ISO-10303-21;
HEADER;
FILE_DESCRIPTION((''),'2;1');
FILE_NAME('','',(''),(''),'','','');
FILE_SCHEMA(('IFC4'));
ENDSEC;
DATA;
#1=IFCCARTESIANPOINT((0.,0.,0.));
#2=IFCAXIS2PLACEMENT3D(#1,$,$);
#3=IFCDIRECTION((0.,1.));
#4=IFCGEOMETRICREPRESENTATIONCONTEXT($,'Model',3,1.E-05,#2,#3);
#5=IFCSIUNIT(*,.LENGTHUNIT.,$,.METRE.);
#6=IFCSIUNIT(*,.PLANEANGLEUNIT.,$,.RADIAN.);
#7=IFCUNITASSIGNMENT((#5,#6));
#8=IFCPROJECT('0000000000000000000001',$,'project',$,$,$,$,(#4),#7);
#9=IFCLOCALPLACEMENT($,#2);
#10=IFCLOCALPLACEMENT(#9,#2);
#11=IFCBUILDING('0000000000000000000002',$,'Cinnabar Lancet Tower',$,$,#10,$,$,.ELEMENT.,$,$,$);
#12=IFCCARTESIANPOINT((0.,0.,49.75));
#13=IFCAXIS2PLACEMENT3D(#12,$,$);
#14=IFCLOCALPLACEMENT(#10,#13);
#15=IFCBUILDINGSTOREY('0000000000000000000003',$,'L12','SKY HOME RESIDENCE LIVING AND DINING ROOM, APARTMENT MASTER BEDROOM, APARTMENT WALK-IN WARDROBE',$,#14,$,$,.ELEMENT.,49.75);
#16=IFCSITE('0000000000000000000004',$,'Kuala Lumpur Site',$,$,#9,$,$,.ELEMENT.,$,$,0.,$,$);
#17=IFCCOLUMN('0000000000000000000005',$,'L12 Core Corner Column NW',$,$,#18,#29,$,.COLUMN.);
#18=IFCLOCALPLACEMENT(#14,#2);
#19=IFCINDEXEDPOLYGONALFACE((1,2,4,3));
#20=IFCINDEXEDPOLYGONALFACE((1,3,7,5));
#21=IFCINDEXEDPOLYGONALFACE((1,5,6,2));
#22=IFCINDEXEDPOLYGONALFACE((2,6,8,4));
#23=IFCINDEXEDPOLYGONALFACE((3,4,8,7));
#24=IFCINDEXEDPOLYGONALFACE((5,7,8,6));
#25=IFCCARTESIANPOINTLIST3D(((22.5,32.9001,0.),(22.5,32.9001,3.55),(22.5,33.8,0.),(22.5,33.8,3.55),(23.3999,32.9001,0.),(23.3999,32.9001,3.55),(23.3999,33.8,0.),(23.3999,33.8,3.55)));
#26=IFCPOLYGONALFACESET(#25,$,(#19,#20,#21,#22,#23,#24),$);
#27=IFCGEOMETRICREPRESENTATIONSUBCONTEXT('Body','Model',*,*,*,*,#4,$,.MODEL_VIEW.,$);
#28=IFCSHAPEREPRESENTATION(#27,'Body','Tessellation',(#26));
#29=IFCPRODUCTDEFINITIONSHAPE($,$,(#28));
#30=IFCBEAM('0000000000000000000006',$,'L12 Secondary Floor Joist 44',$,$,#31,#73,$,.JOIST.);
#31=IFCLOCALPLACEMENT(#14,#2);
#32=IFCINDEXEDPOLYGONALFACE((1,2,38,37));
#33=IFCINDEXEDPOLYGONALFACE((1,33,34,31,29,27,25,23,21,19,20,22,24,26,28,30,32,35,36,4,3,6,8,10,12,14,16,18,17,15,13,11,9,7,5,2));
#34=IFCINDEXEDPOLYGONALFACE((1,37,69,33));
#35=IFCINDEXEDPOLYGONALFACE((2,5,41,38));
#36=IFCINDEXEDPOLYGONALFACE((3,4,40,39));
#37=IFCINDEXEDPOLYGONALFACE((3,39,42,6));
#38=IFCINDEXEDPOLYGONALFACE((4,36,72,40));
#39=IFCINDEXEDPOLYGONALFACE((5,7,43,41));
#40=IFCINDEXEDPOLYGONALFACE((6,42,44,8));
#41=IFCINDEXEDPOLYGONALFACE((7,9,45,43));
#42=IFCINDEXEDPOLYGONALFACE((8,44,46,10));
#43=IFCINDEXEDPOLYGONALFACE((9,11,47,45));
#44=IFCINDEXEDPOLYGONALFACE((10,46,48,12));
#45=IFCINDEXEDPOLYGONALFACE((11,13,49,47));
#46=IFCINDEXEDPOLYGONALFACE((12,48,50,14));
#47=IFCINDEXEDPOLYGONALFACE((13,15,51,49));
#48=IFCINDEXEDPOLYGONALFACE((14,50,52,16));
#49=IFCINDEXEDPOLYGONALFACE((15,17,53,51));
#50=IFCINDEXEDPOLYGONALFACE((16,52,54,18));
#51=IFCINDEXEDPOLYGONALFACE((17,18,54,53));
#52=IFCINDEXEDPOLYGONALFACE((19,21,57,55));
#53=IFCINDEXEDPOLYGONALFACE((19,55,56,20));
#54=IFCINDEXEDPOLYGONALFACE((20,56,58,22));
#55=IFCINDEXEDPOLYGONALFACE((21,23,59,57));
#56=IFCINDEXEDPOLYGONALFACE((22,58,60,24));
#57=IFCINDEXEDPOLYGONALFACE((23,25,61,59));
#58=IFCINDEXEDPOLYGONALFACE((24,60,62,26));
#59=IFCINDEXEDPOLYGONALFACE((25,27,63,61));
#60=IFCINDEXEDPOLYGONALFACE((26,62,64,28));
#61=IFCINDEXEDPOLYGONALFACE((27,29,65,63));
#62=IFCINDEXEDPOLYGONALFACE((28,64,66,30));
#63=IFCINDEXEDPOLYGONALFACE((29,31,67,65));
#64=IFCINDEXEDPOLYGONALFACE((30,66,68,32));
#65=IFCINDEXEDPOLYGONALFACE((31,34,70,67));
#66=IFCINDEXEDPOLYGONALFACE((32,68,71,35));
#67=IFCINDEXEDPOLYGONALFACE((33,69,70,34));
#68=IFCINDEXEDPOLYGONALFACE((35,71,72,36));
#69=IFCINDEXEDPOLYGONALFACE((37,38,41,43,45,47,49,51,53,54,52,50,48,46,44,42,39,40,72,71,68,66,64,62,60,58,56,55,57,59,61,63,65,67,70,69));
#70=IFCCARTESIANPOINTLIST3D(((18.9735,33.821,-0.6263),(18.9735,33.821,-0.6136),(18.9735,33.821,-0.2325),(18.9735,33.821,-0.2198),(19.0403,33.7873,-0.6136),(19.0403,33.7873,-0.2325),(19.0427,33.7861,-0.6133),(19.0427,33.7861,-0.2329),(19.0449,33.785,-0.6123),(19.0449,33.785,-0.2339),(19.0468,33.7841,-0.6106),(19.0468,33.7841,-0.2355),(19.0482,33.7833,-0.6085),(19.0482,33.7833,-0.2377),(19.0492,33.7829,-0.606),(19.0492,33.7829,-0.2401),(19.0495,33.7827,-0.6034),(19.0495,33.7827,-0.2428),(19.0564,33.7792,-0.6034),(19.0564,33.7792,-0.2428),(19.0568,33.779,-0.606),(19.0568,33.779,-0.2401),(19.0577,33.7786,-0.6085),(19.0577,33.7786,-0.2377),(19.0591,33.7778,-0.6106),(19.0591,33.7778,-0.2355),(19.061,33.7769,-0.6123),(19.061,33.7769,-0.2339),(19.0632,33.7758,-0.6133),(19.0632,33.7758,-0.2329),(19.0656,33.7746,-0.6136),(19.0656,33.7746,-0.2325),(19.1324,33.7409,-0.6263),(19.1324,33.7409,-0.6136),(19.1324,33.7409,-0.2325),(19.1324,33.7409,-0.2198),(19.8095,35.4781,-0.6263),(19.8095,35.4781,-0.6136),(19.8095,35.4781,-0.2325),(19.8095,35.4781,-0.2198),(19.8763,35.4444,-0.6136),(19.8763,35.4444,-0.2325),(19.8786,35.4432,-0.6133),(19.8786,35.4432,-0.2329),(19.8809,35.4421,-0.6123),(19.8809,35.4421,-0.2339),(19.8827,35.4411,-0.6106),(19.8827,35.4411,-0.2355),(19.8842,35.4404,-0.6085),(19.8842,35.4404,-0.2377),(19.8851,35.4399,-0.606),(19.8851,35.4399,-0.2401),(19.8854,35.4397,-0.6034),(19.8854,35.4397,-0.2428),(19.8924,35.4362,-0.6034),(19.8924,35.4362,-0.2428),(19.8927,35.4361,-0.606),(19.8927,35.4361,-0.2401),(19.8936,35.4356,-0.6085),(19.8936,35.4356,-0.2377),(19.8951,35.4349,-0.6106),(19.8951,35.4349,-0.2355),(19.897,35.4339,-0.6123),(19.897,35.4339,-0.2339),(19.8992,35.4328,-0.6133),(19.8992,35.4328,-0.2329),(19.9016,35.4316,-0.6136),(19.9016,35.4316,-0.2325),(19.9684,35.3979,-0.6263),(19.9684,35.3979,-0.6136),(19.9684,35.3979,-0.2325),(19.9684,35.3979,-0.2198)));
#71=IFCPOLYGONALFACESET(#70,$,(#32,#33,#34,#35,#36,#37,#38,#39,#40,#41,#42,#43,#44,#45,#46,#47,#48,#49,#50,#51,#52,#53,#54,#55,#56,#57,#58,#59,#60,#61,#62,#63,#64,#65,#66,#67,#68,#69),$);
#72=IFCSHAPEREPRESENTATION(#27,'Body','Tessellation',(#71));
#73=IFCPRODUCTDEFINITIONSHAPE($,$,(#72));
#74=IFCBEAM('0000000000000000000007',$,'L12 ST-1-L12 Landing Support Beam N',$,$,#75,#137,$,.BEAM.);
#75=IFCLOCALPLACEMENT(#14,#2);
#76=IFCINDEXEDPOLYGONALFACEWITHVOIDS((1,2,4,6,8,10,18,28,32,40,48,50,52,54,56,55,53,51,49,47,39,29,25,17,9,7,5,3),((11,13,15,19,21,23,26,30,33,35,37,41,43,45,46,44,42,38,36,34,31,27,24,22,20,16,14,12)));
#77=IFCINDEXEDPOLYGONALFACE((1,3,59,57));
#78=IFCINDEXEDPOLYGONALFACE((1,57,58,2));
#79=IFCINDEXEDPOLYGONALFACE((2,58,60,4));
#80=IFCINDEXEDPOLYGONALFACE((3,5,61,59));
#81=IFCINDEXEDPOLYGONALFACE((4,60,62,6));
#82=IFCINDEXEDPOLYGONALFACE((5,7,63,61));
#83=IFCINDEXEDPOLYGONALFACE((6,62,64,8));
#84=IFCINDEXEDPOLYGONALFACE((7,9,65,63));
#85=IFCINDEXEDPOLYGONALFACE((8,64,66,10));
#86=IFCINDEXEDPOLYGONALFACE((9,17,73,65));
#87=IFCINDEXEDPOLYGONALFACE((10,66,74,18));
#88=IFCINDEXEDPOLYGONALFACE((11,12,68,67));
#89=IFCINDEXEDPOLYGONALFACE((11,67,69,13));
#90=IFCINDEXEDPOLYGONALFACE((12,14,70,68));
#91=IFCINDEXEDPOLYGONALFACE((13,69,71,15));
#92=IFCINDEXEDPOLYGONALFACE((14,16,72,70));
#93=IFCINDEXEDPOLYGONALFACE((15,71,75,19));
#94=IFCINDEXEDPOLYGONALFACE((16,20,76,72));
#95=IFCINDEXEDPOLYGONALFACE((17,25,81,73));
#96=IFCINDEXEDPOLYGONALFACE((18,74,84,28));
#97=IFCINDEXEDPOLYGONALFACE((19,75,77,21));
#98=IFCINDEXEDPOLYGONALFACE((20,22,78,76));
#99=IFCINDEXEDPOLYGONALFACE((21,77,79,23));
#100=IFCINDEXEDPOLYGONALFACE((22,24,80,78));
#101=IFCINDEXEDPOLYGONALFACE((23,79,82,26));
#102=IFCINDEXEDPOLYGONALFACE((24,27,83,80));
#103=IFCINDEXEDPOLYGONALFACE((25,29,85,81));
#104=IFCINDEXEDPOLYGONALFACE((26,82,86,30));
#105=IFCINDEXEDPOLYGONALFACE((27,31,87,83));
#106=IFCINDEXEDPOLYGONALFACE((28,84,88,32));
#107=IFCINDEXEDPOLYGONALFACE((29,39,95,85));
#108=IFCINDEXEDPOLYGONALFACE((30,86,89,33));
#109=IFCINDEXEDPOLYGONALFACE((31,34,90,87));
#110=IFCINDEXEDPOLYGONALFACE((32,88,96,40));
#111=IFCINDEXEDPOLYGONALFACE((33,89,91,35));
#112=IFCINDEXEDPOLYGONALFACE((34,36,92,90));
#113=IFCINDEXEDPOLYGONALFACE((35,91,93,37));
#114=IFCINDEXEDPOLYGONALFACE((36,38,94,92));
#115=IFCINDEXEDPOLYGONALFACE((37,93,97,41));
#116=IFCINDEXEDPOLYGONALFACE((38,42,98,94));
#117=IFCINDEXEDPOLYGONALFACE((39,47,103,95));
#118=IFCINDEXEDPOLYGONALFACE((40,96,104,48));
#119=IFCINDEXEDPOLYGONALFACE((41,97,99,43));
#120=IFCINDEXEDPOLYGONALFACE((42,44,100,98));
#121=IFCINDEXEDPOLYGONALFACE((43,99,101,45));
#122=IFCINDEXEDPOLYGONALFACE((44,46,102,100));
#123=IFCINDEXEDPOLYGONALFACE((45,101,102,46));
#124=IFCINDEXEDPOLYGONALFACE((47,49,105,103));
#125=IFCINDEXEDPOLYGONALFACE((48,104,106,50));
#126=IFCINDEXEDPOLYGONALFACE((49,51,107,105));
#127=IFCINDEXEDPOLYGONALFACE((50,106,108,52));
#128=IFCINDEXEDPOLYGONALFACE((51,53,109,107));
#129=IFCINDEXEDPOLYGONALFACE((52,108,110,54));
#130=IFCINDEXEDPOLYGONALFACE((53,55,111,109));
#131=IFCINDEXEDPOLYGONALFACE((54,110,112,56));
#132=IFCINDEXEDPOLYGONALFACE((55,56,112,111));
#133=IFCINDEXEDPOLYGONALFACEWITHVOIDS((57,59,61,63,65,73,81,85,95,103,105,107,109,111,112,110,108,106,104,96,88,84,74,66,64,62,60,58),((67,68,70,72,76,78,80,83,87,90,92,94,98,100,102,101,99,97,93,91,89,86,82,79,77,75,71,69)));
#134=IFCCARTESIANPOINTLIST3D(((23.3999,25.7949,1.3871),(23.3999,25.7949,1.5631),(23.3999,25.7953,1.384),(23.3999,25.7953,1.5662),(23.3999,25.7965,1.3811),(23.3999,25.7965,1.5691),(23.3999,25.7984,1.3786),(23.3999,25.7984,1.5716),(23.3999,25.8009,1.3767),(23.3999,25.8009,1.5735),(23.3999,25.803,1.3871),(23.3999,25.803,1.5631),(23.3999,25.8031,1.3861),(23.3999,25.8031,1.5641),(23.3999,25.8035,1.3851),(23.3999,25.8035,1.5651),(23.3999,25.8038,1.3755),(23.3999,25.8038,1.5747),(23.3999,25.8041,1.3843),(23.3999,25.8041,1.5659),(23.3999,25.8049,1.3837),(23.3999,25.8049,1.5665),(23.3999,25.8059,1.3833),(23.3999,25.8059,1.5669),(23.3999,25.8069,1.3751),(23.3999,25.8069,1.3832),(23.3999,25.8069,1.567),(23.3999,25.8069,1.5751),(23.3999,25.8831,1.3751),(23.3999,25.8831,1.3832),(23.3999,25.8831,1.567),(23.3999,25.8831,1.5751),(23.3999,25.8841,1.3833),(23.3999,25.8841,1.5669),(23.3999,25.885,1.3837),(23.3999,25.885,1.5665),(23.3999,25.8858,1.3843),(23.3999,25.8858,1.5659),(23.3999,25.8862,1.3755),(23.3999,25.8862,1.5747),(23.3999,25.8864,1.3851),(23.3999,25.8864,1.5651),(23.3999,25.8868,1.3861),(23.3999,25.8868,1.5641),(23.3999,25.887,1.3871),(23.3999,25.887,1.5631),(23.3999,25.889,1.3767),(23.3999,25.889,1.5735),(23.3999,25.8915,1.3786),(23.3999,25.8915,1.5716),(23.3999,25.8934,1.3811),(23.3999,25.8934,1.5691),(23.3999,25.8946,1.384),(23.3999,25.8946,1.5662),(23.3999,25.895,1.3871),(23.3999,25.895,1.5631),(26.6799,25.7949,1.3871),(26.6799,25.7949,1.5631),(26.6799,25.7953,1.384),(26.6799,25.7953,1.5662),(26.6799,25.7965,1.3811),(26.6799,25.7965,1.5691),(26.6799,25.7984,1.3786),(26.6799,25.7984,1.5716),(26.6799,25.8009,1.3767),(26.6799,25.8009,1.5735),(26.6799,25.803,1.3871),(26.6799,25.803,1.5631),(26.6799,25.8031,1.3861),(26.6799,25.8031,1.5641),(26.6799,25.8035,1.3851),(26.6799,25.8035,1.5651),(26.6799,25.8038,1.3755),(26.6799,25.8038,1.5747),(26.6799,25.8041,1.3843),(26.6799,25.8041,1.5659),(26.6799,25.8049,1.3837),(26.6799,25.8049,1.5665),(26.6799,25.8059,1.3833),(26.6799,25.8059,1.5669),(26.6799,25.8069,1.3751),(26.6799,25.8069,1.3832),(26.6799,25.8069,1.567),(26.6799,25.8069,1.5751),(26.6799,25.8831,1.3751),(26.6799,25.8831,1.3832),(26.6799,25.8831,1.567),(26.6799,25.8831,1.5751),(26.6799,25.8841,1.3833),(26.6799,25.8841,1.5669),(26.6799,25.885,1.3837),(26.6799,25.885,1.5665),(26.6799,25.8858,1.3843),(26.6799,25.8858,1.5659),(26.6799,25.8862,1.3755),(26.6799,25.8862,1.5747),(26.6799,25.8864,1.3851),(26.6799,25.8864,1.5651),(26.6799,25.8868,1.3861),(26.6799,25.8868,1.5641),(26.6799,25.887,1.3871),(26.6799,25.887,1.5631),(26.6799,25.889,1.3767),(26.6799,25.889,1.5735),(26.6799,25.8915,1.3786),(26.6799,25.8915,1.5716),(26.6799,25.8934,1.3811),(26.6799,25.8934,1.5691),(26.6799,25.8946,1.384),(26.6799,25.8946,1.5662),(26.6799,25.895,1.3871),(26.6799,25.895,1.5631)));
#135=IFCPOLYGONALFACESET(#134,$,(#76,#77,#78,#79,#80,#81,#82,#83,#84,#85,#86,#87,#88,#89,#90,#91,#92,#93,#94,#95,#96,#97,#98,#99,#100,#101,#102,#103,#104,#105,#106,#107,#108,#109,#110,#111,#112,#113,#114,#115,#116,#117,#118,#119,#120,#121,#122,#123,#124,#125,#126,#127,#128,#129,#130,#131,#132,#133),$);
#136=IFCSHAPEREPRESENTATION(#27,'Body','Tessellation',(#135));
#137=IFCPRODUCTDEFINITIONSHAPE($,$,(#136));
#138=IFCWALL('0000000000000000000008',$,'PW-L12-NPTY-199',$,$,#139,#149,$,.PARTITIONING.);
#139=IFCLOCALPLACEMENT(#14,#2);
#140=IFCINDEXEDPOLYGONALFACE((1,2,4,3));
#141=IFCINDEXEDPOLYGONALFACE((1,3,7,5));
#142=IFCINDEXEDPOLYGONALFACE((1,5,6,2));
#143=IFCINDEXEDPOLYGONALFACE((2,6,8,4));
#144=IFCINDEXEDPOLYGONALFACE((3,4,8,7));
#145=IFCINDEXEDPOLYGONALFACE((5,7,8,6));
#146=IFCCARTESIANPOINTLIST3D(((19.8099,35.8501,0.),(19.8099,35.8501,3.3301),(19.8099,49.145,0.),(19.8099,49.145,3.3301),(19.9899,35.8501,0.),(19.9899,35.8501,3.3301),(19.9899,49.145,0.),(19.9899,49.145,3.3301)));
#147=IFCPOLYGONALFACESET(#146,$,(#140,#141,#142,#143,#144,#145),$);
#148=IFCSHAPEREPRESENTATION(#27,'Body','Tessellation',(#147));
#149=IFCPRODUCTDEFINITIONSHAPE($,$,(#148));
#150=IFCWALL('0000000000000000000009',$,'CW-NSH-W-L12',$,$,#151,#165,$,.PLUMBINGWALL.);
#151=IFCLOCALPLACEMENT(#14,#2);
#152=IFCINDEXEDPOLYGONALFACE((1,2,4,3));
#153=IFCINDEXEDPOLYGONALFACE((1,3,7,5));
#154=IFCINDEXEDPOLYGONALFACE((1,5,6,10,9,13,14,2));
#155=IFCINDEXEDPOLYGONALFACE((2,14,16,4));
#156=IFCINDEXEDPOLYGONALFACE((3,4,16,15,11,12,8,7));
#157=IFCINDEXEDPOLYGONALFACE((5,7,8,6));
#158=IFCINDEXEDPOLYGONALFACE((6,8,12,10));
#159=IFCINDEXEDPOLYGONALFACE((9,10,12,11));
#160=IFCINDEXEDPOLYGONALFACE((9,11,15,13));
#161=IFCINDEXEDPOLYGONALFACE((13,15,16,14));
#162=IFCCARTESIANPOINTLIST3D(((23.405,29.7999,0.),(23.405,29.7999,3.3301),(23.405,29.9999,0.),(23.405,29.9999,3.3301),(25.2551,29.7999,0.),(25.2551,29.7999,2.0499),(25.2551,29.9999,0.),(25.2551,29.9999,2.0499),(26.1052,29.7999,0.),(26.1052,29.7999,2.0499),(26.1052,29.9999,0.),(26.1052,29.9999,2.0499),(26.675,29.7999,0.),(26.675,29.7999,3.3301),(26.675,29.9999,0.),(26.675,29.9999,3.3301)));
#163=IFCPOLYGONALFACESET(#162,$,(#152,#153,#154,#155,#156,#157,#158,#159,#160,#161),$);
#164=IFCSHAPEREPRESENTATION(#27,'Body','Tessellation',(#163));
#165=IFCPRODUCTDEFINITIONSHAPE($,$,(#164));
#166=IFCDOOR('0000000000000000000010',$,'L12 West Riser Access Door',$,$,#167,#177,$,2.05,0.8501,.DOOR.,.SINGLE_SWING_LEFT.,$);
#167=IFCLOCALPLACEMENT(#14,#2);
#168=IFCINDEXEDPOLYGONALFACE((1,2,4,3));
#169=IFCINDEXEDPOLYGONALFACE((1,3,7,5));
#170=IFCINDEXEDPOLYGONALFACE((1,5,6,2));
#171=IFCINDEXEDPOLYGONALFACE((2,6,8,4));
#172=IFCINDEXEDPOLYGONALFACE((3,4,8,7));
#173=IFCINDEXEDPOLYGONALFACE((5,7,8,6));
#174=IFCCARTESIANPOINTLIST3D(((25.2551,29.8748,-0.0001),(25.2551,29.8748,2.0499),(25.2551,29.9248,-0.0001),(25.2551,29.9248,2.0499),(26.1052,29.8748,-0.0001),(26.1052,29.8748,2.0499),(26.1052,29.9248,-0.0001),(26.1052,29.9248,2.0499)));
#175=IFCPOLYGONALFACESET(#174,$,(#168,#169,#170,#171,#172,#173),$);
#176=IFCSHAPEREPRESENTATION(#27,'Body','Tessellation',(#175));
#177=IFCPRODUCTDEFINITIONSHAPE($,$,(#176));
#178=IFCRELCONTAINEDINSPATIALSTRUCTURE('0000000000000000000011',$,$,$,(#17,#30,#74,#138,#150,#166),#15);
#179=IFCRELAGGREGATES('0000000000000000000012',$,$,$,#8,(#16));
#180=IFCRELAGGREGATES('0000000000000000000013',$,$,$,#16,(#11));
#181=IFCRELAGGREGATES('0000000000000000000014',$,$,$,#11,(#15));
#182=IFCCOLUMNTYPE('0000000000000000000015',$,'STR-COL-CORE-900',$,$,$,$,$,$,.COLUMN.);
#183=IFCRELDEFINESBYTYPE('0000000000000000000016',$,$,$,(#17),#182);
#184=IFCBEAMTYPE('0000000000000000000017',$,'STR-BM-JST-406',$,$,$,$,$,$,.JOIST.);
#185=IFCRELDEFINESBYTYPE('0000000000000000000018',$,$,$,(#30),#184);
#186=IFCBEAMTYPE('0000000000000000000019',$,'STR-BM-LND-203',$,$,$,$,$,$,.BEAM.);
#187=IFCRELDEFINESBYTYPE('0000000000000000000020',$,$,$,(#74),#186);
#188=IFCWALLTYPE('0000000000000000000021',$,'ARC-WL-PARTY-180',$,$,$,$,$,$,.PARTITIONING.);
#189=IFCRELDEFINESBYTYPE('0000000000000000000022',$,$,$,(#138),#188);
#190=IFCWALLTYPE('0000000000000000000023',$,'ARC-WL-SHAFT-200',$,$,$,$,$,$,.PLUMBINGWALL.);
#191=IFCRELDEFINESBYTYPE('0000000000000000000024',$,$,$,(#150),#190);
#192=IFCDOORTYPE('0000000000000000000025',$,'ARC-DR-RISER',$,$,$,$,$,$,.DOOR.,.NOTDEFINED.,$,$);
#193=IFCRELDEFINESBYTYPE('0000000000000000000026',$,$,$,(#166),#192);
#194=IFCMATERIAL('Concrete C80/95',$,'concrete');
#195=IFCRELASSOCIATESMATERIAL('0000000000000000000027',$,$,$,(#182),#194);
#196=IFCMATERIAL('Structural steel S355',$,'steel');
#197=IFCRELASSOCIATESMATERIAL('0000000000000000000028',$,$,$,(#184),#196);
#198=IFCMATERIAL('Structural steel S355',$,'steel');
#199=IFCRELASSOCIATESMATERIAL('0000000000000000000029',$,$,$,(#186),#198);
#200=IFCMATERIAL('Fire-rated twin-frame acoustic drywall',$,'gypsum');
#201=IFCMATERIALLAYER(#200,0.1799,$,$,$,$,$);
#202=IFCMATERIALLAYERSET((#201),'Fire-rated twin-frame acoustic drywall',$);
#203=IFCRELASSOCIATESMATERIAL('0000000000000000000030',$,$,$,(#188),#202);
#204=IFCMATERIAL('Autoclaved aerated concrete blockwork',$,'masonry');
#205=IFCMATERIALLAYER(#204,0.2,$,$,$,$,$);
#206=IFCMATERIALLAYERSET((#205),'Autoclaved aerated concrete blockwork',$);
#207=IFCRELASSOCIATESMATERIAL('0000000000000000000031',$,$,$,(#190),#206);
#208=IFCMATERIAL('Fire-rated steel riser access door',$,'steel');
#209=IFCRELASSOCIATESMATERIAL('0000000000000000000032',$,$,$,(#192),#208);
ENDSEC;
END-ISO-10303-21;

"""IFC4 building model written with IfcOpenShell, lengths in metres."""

from ifc_helpers import new_model, si_unit, direction, frame, frame_2d, origin, origin_2d, place, context, subcontext, project, spatial, rectangle, hollow_rectangle, i_section, extrude, material, layer, layer_set, material_profile, profile_set, type_object, element, fill, save


model = new_model("IFC4")

# Units and contexts
model_context = context("Model", 3, precision=1e-05, world=origin(), true_north=direction((0.0, 1.0)))
body_context = subcontext(model_context, "Body", "Model", "MODEL_VIEW")
ifc_project = project(units=[si_unit("LENGTHUNIT", "METRE"), si_unit("PLANEANGLEUNIT", "RADIAN")], contexts=[model_context])

# Site, building, storey
site_placement = place(None, origin())
site = spatial("IfcSite", under=ifc_project, at=site_placement, Name="Kuala Lumpur Site", CompositionType="ELEMENT", RefElevation=0.0)
building_placement = place(site_placement, origin())
building = spatial("IfcBuilding", under=site, at=building_placement, Name="Cinnabar Lancet Tower", CompositionType="ELEMENT")
storey_placement = place(building_placement, frame((0.0, 0.0, 49.75)))
storey = spatial("IfcBuildingStorey", under=building, at=storey_placement, Name="L12", Description="SKY HOME RESIDENCE LIVING AND DINING ROOM, APARTMENT MASTER BEDROOM, APARTMENT WALK-IN WARDROBE", CompositionType="ELEMENT", Elevation=49.75)

# Column
ifc_material_1 = material(Name="Concrete C80/95", Category="concrete")
ifc_material_profile_1 = material_profile(ifc_material_1, rectangle(XDim=0.8999, YDim=0.8999, at=origin_2d()), Name="RC-COL 900x900")
ifc_profile_set_1 = profile_set([ifc_material_profile_1], Name="Concrete C80/95")
column_type = type_object("IfcColumnType", Name="STR-COL-CORE-900", PredefinedType="COLUMN", material=ifc_profile_set_1)
column_placement = place(storey_placement, frame((22.95, 33.3501, 0.0), z_axis=(0.0, 0.0, 1.0), x_axis=(1.0, 0.0, 0.0)))
element("IfcColumn", 1, at=column_placement, inside=storey, type_object=column_type, Name="L12 Core Corner Column NW", PredefinedType="COLUMN", context=body_context, shape_type="SweptSolid", body=[
    extrude(rectangle(XDim=0.8999, YDim=0.8999, at=origin_2d()), origin(), (0.0, 0.0, 1.0), 3.55),
])

# Beams
ifc_material_2 = material(Name="Structural steel S355", Category="steel")
ifc_material_profile_2 = material_profile(ifc_material_2, i_section(OverallWidth=0.178, OverallDepth=0.4065, WebThickness=0.0078, FlangeThickness=0.0127, FilletRadius=0.0103, at=origin_2d()), Name="UKB 406x178x60")
ifc_profile_set_2 = profile_set([ifc_material_profile_2], Name="Structural steel S355")
beam_type_1 = type_object("IfcBeamType", Name="STR-BM-JST-406", PredefinedType="JOIST", material=ifc_profile_set_2)
beam_1_placement = place(storey_placement, frame((19.8889, 35.438, -0.4231), z_axis=(-0.45042, -0.892817, 0.0), x_axis=(0.892817, -0.45042, 0.0)))
element("IfcBeam", 2, at=beam_1_placement, inside=storey, type_object=beam_type_1, Name="L12 Secondary Floor Joist 44", PredefinedType="JOIST", context=body_context, shape_type="SweptSolid", body=[
    extrude(i_section(OverallWidth=0.178, OverallDepth=0.4065, WebThickness=0.0078, FlangeThickness=0.0127, FilletRadius=0.0103, at=origin_2d()), origin(), (0.0, 0.0, 1.0), 1.856),
])
ifc_material_3 = material(Name="Structural steel S355", Category="steel")
ifc_material_profile_3 = material_profile(ifc_material_3, hollow_rectangle(XDim=0.1001, YDim=0.2, WallThickness=0.0081, InnerFilletRadius=0.0039, OuterFilletRadius=0.012, at=origin_2d()), Name="RHS 200x100x8")
ifc_profile_set_3 = profile_set([ifc_material_profile_3], Name="Structural steel S355")
beam_type_2 = type_object("IfcBeamType", Name="STR-BM-LND-203", PredefinedType="BEAM", material=ifc_profile_set_3)
beam_2_placement = place(storey_placement, frame((23.3999, 25.845, 1.4751), z_axis=(1.0, 0.0, 0.0), x_axis=(0.0, 1.0, 0.0)))
element("IfcBeam", 3, at=beam_2_placement, inside=storey, type_object=beam_type_2, Name="L12 ST-1-L12 Landing Support Beam N", PredefinedType="BEAM", context=body_context, shape_type="SweptSolid", body=[
    extrude(hollow_rectangle(XDim=0.1001, YDim=0.2, WallThickness=0.0081, InnerFilletRadius=0.0039, OuterFilletRadius=0.012, at=origin_2d()), origin(), (0.0, 0.0, 1.0), 3.28),
])

# Wall
ifc_material_4 = material(Name="Fire-rated twin-frame acoustic drywall", Category="gypsum")
ifc_layer_1 = layer(ifc_material_4, 0.1799)
ifc_layer_set_1 = layer_set([ifc_layer_1], Name="Fire-rated twin-frame acoustic drywall")
wall_type_1 = type_object("IfcWallType", Name="ARC-WL-PARTY-180", PredefinedType="PARTITIONING", material=ifc_layer_set_1)
wall_1_placement = place(storey_placement, frame((19.8999, 35.8501, 0.0), z_axis=(0.0, 0.0, 1.0), x_axis=(0.0, 1.0, 0.0)))
element("IfcWall", 4, at=wall_1_placement, inside=storey, type_object=wall_type_1, Name="PW-L12-NPTY-199", PredefinedType="PARTITIONING", context=body_context, shape_type="SweptSolid", body=[
    extrude(rectangle(XDim=13.2949, YDim=0.1799, at=frame_2d((6.6475, 0.0))), origin(), (0.0, 0.0, 1.0), 3.3301),
])

# Wall, opening, door
ifc_material_5 = material(Name="Autoclaved aerated concrete blockwork", Category="masonry")
ifc_layer_2 = layer(ifc_material_5, 0.2)
ifc_layer_set_2 = layer_set([ifc_layer_2], Name="Autoclaved aerated concrete blockwork")
wall_type_2 = type_object("IfcWallType", Name="ARC-WL-SHAFT-200", PredefinedType="PLUMBINGWALL", material=ifc_layer_set_2)
wall_2_placement = place(storey_placement, frame((23.405, 29.8999, 0.0), z_axis=(0.0, 0.0, 1.0), x_axis=(1.0, 0.0, 0.0)))
wall_2 = element("IfcWall", 5, at=wall_2_placement, inside=storey, type_object=wall_type_2, Name="CW-NSH-W-L12", PredefinedType="PLUMBINGWALL", context=body_context, shape_type="SweptSolid", body=[
    extrude(rectangle(XDim=3.27, YDim=0.2, at=frame_2d((1.635, 0.0))), origin(), (0.0, 0.0, 1.0), 3.3301),
])
opening_1_placement = place(wall_2_placement, frame((1.8501, 0.0, 0.0)))
opening_1 = element("IfcOpeningElement", 6, at=opening_1_placement, cuts=wall_2, PredefinedType="OPENING", context=body_context, shape_type="SweptSolid", body=[
    extrude(rectangle(XDim=0.8501, YDim=2.05, at=frame_2d((0.425, 1.0249))), frame((0.0, 0.1099, 0.0), z_axis=(0.0, -1.0, 0.0), x_axis=(1.0, 0.0, 0.0)), (0.0, 0.0, 1.0), 0.22),
])
ifc_material_6 = material(Name="Fire-rated steel riser access door", Category="steel")
door_type_1 = type_object("IfcDoorType", Name="ARC-DR-RISER", OperationType="NOTDEFINED", PredefinedType="DOOR", material=ifc_material_6)
door_1_placement = place(opening_1_placement, origin())
door_1 = element("IfcDoor", 7, at=door_1_placement, inside=storey, type_object=door_type_1, Name="L12 West Riser Access Door", OperationType="SINGLE_SWING_LEFT", OverallHeight=2.05, OverallWidth=0.8501, PredefinedType="DOOR", context=body_context, shape_type="SweptSolid", body=[
    extrude(rectangle(XDim=0.8501, YDim=2.05, at=frame_2d((0.425, 1.0249))), frame((0.0, 0.0249, 0.0), z_axis=(0.0, -1.0, 0.0), x_axis=(1.0, 0.0, 0.0)), (0.0, 0.0, 1.0), 0.05),
])
fill(opening_1, door_1)

save(model, "model.ifc")
